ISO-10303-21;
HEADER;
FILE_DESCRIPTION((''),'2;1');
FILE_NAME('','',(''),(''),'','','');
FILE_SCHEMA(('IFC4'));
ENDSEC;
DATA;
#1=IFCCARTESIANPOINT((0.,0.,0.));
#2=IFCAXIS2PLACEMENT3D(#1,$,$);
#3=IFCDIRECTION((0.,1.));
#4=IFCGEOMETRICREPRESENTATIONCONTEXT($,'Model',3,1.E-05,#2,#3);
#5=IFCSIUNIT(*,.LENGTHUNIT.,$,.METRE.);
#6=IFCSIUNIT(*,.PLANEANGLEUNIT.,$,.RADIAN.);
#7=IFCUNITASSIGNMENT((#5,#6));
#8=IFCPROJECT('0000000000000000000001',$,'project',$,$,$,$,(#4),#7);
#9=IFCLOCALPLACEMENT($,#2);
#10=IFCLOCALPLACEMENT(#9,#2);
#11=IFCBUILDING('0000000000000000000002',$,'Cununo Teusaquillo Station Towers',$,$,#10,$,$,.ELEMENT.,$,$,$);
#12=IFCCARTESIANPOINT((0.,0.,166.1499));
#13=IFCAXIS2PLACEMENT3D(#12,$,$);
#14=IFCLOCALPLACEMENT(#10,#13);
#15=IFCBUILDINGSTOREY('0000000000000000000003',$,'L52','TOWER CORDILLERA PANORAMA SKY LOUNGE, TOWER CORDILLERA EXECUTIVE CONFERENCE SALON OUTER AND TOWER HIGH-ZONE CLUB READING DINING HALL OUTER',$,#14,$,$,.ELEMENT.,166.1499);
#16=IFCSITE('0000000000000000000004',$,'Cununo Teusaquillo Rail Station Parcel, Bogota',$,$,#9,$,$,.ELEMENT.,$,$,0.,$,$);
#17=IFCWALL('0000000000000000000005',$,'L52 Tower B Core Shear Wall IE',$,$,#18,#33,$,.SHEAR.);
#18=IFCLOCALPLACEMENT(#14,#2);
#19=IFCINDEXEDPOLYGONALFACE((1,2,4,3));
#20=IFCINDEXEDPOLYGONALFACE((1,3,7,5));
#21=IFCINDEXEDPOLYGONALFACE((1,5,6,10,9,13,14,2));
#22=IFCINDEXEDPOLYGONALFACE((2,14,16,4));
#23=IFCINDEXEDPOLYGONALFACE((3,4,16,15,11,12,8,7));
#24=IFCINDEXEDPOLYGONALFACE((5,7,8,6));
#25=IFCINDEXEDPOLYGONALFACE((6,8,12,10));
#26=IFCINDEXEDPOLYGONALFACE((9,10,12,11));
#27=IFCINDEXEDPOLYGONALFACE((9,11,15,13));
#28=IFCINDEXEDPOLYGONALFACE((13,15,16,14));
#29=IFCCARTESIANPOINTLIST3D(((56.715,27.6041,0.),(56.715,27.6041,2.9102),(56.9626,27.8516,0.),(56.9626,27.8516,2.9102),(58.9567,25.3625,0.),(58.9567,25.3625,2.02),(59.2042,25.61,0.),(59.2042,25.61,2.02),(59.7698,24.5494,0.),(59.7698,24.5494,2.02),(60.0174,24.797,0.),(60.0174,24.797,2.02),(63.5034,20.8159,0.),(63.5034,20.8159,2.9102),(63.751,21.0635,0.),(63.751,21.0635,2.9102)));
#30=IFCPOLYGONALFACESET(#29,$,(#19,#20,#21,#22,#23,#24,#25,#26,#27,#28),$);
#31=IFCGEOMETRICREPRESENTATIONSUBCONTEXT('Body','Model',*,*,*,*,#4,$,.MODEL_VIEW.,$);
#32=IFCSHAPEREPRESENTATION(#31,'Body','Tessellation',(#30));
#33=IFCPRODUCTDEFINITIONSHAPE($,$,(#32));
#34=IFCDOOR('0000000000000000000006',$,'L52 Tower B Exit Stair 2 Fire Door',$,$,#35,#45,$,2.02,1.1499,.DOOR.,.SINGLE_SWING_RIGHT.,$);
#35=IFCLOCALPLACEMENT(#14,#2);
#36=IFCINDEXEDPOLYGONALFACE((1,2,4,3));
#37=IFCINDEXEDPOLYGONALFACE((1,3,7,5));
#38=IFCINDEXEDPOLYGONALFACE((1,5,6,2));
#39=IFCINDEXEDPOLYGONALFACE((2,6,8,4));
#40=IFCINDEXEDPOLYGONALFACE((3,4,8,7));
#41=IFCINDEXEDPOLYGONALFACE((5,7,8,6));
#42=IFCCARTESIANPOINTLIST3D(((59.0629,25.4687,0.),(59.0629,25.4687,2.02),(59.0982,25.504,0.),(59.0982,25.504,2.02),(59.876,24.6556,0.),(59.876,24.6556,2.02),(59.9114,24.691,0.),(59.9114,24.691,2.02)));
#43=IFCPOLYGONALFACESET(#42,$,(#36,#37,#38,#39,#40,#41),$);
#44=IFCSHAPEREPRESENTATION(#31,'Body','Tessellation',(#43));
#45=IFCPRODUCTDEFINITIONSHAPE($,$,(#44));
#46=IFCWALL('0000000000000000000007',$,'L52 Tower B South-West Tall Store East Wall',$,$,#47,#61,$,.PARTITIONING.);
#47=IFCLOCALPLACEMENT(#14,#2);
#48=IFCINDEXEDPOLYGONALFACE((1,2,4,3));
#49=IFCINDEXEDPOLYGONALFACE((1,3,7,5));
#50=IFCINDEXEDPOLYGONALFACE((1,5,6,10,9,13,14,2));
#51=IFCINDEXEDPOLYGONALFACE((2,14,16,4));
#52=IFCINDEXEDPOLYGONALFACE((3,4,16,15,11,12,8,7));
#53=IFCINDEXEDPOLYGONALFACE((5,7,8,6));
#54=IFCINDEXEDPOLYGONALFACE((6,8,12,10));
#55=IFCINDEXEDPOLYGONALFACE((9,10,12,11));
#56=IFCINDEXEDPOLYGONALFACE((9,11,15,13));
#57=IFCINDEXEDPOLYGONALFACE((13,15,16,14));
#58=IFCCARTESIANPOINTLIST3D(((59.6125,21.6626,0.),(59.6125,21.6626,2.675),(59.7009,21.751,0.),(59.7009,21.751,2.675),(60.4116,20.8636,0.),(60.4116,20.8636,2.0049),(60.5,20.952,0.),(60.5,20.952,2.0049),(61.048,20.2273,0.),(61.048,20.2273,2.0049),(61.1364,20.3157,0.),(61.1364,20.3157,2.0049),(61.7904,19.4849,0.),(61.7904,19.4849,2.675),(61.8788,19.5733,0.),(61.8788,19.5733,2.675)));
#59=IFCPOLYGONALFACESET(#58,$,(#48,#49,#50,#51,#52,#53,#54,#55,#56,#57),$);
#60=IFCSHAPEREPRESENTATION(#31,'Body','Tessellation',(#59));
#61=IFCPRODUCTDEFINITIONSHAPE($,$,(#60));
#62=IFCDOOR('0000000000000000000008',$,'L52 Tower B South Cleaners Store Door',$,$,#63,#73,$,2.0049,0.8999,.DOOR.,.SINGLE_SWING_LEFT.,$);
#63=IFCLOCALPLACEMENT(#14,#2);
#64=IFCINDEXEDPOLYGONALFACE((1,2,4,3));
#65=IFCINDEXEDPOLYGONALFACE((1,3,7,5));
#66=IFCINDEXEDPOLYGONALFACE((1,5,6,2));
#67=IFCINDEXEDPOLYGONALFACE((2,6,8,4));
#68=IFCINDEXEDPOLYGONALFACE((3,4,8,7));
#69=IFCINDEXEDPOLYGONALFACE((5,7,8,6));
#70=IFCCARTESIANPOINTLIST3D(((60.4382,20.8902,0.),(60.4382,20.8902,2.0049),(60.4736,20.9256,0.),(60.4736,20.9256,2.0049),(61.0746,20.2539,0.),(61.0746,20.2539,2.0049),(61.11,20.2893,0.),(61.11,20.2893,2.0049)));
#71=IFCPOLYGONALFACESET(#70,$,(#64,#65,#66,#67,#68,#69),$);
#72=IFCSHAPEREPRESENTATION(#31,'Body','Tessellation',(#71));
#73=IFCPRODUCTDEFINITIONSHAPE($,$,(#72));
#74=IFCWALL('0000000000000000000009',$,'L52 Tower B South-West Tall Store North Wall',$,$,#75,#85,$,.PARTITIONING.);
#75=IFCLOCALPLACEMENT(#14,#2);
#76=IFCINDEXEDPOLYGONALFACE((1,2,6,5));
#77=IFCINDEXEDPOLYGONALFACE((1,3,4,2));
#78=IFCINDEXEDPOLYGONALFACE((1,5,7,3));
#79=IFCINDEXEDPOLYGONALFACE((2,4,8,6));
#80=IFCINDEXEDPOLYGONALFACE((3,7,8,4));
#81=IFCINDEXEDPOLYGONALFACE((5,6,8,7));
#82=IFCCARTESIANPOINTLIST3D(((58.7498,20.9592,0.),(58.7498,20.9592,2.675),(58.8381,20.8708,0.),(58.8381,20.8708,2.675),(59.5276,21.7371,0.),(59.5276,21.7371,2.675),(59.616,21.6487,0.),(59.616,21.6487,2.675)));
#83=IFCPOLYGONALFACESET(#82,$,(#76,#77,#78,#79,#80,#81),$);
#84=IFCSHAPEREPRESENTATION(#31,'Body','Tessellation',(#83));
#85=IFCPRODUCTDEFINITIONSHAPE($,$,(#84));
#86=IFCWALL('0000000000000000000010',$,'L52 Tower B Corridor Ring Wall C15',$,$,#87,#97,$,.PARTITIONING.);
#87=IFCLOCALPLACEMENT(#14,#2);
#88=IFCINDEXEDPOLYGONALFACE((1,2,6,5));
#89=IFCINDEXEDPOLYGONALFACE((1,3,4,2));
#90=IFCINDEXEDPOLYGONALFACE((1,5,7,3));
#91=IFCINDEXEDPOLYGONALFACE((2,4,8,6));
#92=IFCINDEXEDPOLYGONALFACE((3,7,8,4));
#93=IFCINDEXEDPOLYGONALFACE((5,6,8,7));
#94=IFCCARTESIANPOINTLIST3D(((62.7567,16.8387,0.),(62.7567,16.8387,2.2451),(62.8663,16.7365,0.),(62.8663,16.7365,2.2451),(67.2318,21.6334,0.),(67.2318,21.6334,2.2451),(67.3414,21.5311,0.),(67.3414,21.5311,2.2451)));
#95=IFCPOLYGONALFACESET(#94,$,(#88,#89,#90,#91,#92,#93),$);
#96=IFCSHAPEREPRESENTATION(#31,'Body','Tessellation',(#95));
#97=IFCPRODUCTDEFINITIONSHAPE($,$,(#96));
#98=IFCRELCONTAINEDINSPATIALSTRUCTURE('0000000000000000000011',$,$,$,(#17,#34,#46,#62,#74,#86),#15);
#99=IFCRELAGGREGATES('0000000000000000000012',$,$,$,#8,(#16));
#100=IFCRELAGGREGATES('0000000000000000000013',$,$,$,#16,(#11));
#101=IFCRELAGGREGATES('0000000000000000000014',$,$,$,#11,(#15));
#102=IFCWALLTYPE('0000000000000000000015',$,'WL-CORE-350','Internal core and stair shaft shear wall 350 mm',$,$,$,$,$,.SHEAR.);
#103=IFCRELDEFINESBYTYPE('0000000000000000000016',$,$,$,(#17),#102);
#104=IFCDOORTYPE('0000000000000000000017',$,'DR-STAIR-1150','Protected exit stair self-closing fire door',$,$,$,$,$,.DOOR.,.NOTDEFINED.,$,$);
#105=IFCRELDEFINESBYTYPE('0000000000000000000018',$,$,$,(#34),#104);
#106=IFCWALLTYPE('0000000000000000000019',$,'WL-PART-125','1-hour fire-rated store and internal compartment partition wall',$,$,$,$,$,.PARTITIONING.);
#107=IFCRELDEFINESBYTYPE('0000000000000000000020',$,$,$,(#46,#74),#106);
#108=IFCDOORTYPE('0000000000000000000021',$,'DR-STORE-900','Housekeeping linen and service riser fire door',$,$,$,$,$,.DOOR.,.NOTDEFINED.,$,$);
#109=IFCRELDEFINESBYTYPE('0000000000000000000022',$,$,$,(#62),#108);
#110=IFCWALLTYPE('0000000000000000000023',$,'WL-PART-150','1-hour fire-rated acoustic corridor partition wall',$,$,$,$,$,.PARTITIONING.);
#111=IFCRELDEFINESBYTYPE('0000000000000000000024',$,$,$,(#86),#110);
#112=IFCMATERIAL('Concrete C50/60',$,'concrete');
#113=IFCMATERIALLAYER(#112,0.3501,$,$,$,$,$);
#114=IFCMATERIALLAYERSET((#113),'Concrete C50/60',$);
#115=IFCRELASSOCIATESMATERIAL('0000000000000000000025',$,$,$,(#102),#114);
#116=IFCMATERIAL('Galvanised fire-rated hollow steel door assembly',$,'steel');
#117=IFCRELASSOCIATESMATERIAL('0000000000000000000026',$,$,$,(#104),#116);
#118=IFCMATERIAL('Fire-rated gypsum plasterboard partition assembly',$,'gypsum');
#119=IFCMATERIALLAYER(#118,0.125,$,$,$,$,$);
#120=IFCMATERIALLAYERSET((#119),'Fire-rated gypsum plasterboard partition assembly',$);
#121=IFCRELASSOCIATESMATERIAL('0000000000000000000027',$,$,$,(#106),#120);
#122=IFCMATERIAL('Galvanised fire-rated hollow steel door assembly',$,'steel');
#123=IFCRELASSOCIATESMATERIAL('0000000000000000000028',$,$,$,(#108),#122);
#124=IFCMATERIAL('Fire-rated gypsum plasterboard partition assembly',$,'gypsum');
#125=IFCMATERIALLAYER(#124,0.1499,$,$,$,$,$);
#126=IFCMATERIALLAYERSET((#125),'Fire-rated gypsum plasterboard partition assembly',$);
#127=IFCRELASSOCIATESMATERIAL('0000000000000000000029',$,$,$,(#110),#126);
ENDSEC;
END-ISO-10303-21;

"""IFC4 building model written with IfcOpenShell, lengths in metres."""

from ifc_helpers import new_model, si_unit, direction, frame, frame_2d, origin, place, context, subcontext, project, spatial, rectangle, extrude, source, transform, mapped, material, layer, layer_set, type_object, element, fill, save


model = new_model("IFC4")

# Units and contexts
model_context = context("Model", 3, precision=1e-05, world=origin(), true_north=direction((0.0, 1.0)))
body_context = subcontext(model_context, "Body", "Model", "MODEL_VIEW")
ifc_project = project(units=[si_unit("LENGTHUNIT", "METRE"), si_unit("PLANEANGLEUNIT", "RADIAN")], contexts=[model_context])

# Site, building, storey
site_placement = place(None, origin())
site = spatial("IfcSite", under=ifc_project, at=site_placement, Name="Cununo Teusaquillo Rail Station Parcel, Bogota", CompositionType="ELEMENT", RefElevation=0.0)
building_placement = place(site_placement, origin())
building = spatial("IfcBuilding", under=site, at=building_placement, Name="Cununo Teusaquillo Station Towers", CompositionType="ELEMENT")
storey_placement = place(building_placement, frame((0.0, 0.0, 166.1499)))
storey = spatial("IfcBuildingStorey", under=building, at=storey_placement, Name="L52", Description="TOWER CORDILLERA PANORAMA SKY LOUNGE, TOWER CORDILLERA EXECUTIVE CONFERENCE SALON OUTER AND TOWER HIGH-ZONE CLUB READING DINING HALL OUTER", CompositionType="ELEMENT", Elevation=166.1499)

# Shared definitions
ifc_material_1 = material(Name="Concrete C50/60", Category="concrete")
ifc_layer_1 = layer(ifc_material_1, 0.3501)
ifc_layer_set_1 = layer_set([ifc_layer_1], Name="Concrete C50/60")
wall_type_1 = type_object("IfcWallType", Name="WL-CORE-350", Description="Internal core and stair shaft shear wall 350 mm", PredefinedType="SHEAR", material=ifc_layer_set_1)
shared_shape_1 = source(origin(), body_context, "Body", "SweptSolid", [
    extrude(rectangle(XDim=1.1499, YDim=2.02, at=frame_2d((0.575, 1.01))), frame((0.0, 0.1851, 0.0), z_axis=(0.0, -1.0, 0.0), x_axis=(1.0, 0.0, 0.0)), (0.0, 0.0, 1.0), 0.3701),
])
ifc_material_2 = material(Name="Galvanised fire-rated hollow steel door assembly", Category="steel")
door_type_1 = type_object("IfcDoorType", Name="DR-STAIR-1150", Description="Protected exit stair self-closing fire door", OperationType="NOTDEFINED", PredefinedType="DOOR", material=ifc_material_2)
shared_shape_2 = source(origin(), body_context, "Body", "SweptSolid", [
    extrude(rectangle(XDim=1.1499, YDim=2.02, at=frame_2d((0.575, 1.01))), frame((0.0, 0.0249, 0.0), z_axis=(0.0, -1.0, 0.0), x_axis=(1.0, 0.0, 0.0)), (0.0, 0.0, 1.0), 0.05),
])

# Walls, openings, doors
wall_1_placement = place(storey_placement, frame((63.6272, 20.9397, 0.0), z_axis=(0.0, 0.0, 1.0), x_axis=(-0.707119, 0.707094, 0.0)))
wall_1 = element("IfcWall", 1, at=wall_1_placement, inside=storey, type_object=wall_type_1, Name="L52 Tower B Core Shear Wall IE", PredefinedType="SHEAR", context=body_context, shape_type="SweptSolid", body=[
    extrude(rectangle(XDim=9.6001, YDim=0.3501, at=frame_2d((4.8, 0.0))), origin(), (0.0, 0.0, 1.0), 2.9102),
])
opening_1_placement = place(wall_1_placement, frame((5.28, 0.0, 0.0)))
opening_1 = element("IfcOpeningElement", 2, at=opening_1_placement, cuts=wall_1, PredefinedType="OPENING", context=body_context, shape_type="MappedRepresentation", body=[
    mapped(shared_shape_1, transform((0.0, 0.0, 0.0), x_axis=(1.0, 0.0, 0.0), y_axis=(0.0, 1.0, 0.0), z_axis=(0.0, 0.0, 1.0), scale=1.0)),
])
door_1_placement = place(opening_1_placement, origin())
door_1 = element("IfcDoor", 3, at=door_1_placement, inside=storey, type_object=door_type_1, Name="L52 Tower B Exit Stair 2 Fire Door", OperationType="SINGLE_SWING_RIGHT", OverallHeight=2.02, OverallWidth=1.1499, PredefinedType="DOOR", context=body_context, shape_type="MappedRepresentation", body=[
    mapped(shared_shape_2, transform((0.0, 0.0, 0.0), x_axis=(1.0, 0.0, 0.0), y_axis=(0.0, 1.0, 0.0), z_axis=(0.0, 0.0, 1.0), scale=1.0)),
])
fill(opening_1, door_1)
ifc_material_3 = material(Name="Fire-rated gypsum plasterboard partition assembly", Category="gypsum")
ifc_layer_2 = layer(ifc_material_3, 0.125)
ifc_layer_set_2 = layer_set([ifc_layer_2], Name="Fire-rated gypsum plasterboard partition assembly")
wall_type_2 = type_object("IfcWallType", Name="WL-PART-125", Description="1-hour fire-rated store and internal compartment partition wall", PredefinedType="PARTITIONING", material=ifc_layer_set_2)
wall_2_placement = place(storey_placement, frame((61.8347, 19.5291, 0.0), z_axis=(0.0, 0.0, 1.0), x_axis=(-0.707146, 0.707067, 0.0)))
wall_2 = element("IfcWall", 4, at=wall_2_placement, inside=storey, type_object=wall_type_2, Name="L52 Tower B South-West Tall Store East Wall", PredefinedType="PARTITIONING", context=body_context, shape_type="SweptSolid", body=[
    extrude(rectangle(XDim=3.0798, YDim=0.125, at=frame_2d((1.54, 0.0))), origin(), (0.0, 0.0, 1.0), 2.675),
])
shared_shape_3 = source(origin(), body_context, "Body", "SweptSolid", [
    extrude(rectangle(XDim=0.8999, YDim=2.0049, at=frame_2d((0.45, 1.0024))), frame((0.0, 0.0725, 0.0), z_axis=(0.0, -1.0, 0.0), x_axis=(1.0, 0.0, 0.0)), (0.0, 0.0, 1.0), 0.145),
])
opening_2_placement = place(wall_2_placement, frame((1.05, 0.0, 0.0)))
opening_2 = element("IfcOpeningElement", 5, at=opening_2_placement, cuts=wall_2, PredefinedType="OPENING", context=body_context, shape_type="MappedRepresentation", body=[
    mapped(shared_shape_3, transform((0.0, 0.0, 0.0), x_axis=(1.0, 0.0, 0.0), y_axis=(0.0, 1.0, 0.0), z_axis=(0.0, 0.0, 1.0), scale=1.0)),
])
ifc_material_4 = material(Name="Galvanised fire-rated hollow steel door assembly", Category="steel")
door_type_2 = type_object("IfcDoorType", Name="DR-STORE-900", Description="Housekeeping linen and service riser fire door", OperationType="NOTDEFINED", PredefinedType="DOOR", material=ifc_material_4)
shared_shape_4 = source(origin(), body_context, "Body", "SweptSolid", [
    extrude(rectangle(XDim=0.8999, YDim=2.0049, at=frame_2d((0.45, 1.0024))), frame((0.0, 0.0249, 0.0), z_axis=(0.0, -1.0, 0.0), x_axis=(1.0, 0.0, 0.0)), (0.0, 0.0, 1.0), 0.05),
])
door_2_placement = place(opening_2_placement, origin())
door_2 = element("IfcDoor", 6, at=door_2_placement, inside=storey, type_object=door_type_2, Name="L52 Tower B South Cleaners Store Door", OperationType="SINGLE_SWING_LEFT", OverallHeight=2.0049, OverallWidth=0.8999, PredefinedType="DOOR", context=body_context, shape_type="MappedRepresentation", body=[
    mapped(shared_shape_4, transform((0.0, 0.0, 0.0), x_axis=(1.0, 0.0, 0.0), y_axis=(0.0, 1.0, 0.0), z_axis=(0.0, 0.0, 1.0), scale=1.0)),
])
fill(opening_2, door_2)

# Walls
wall_3_placement = place(storey_placement, frame((58.7939, 20.915, 0.0), z_axis=(0.0, 0.0, 1.0), x_axis=(0.707107, 0.707107, 0.0)))
element("IfcWall", 7, at=wall_3_placement, inside=storey, type_object=wall_type_2, Name="L52 Tower B South-West Tall Store North Wall", PredefinedType="PARTITIONING", context=body_context, shape_type="SweptSolid", body=[
    extrude(rectangle(XDim=1.1001, YDim=0.125, at=frame_2d((0.55, 0.0))), origin(), (0.0, 0.0, 1.0), 2.675),
])
ifc_material_5 = material(Name="Fire-rated gypsum plasterboard partition assembly", Category="gypsum")
ifc_layer_3 = layer(ifc_material_5, 0.1499)
ifc_layer_set_3 = layer_set([ifc_layer_3], Name="Fire-rated gypsum plasterboard partition assembly")
wall_type_3 = type_object("IfcWallType", Name="WL-PART-150", Description="1-hour fire-rated acoustic corridor partition wall", PredefinedType="PARTITIONING", material=ifc_layer_set_3)
wall_4_placement = place(storey_placement, frame((62.8115, 16.7876, 0.0), z_axis=(0.0, 0.0, 1.0), x_axis=(0.682324, 0.73105, 0.0)))
element("IfcWall", 8, at=wall_4_placement, inside=storey, type_object=wall_type_3, Name="L52 Tower B Corridor Ring Wall C15", PredefinedType="PARTITIONING", context=body_context, shape_type="SweptSolid", body=[
    extrude(rectangle(XDim=6.5586, YDim=0.1499, at=frame_2d((3.2793, 0.0))), origin(), (0.0, 0.0, 1.0), 2.2451),
])

save(model, "model.ifc")
